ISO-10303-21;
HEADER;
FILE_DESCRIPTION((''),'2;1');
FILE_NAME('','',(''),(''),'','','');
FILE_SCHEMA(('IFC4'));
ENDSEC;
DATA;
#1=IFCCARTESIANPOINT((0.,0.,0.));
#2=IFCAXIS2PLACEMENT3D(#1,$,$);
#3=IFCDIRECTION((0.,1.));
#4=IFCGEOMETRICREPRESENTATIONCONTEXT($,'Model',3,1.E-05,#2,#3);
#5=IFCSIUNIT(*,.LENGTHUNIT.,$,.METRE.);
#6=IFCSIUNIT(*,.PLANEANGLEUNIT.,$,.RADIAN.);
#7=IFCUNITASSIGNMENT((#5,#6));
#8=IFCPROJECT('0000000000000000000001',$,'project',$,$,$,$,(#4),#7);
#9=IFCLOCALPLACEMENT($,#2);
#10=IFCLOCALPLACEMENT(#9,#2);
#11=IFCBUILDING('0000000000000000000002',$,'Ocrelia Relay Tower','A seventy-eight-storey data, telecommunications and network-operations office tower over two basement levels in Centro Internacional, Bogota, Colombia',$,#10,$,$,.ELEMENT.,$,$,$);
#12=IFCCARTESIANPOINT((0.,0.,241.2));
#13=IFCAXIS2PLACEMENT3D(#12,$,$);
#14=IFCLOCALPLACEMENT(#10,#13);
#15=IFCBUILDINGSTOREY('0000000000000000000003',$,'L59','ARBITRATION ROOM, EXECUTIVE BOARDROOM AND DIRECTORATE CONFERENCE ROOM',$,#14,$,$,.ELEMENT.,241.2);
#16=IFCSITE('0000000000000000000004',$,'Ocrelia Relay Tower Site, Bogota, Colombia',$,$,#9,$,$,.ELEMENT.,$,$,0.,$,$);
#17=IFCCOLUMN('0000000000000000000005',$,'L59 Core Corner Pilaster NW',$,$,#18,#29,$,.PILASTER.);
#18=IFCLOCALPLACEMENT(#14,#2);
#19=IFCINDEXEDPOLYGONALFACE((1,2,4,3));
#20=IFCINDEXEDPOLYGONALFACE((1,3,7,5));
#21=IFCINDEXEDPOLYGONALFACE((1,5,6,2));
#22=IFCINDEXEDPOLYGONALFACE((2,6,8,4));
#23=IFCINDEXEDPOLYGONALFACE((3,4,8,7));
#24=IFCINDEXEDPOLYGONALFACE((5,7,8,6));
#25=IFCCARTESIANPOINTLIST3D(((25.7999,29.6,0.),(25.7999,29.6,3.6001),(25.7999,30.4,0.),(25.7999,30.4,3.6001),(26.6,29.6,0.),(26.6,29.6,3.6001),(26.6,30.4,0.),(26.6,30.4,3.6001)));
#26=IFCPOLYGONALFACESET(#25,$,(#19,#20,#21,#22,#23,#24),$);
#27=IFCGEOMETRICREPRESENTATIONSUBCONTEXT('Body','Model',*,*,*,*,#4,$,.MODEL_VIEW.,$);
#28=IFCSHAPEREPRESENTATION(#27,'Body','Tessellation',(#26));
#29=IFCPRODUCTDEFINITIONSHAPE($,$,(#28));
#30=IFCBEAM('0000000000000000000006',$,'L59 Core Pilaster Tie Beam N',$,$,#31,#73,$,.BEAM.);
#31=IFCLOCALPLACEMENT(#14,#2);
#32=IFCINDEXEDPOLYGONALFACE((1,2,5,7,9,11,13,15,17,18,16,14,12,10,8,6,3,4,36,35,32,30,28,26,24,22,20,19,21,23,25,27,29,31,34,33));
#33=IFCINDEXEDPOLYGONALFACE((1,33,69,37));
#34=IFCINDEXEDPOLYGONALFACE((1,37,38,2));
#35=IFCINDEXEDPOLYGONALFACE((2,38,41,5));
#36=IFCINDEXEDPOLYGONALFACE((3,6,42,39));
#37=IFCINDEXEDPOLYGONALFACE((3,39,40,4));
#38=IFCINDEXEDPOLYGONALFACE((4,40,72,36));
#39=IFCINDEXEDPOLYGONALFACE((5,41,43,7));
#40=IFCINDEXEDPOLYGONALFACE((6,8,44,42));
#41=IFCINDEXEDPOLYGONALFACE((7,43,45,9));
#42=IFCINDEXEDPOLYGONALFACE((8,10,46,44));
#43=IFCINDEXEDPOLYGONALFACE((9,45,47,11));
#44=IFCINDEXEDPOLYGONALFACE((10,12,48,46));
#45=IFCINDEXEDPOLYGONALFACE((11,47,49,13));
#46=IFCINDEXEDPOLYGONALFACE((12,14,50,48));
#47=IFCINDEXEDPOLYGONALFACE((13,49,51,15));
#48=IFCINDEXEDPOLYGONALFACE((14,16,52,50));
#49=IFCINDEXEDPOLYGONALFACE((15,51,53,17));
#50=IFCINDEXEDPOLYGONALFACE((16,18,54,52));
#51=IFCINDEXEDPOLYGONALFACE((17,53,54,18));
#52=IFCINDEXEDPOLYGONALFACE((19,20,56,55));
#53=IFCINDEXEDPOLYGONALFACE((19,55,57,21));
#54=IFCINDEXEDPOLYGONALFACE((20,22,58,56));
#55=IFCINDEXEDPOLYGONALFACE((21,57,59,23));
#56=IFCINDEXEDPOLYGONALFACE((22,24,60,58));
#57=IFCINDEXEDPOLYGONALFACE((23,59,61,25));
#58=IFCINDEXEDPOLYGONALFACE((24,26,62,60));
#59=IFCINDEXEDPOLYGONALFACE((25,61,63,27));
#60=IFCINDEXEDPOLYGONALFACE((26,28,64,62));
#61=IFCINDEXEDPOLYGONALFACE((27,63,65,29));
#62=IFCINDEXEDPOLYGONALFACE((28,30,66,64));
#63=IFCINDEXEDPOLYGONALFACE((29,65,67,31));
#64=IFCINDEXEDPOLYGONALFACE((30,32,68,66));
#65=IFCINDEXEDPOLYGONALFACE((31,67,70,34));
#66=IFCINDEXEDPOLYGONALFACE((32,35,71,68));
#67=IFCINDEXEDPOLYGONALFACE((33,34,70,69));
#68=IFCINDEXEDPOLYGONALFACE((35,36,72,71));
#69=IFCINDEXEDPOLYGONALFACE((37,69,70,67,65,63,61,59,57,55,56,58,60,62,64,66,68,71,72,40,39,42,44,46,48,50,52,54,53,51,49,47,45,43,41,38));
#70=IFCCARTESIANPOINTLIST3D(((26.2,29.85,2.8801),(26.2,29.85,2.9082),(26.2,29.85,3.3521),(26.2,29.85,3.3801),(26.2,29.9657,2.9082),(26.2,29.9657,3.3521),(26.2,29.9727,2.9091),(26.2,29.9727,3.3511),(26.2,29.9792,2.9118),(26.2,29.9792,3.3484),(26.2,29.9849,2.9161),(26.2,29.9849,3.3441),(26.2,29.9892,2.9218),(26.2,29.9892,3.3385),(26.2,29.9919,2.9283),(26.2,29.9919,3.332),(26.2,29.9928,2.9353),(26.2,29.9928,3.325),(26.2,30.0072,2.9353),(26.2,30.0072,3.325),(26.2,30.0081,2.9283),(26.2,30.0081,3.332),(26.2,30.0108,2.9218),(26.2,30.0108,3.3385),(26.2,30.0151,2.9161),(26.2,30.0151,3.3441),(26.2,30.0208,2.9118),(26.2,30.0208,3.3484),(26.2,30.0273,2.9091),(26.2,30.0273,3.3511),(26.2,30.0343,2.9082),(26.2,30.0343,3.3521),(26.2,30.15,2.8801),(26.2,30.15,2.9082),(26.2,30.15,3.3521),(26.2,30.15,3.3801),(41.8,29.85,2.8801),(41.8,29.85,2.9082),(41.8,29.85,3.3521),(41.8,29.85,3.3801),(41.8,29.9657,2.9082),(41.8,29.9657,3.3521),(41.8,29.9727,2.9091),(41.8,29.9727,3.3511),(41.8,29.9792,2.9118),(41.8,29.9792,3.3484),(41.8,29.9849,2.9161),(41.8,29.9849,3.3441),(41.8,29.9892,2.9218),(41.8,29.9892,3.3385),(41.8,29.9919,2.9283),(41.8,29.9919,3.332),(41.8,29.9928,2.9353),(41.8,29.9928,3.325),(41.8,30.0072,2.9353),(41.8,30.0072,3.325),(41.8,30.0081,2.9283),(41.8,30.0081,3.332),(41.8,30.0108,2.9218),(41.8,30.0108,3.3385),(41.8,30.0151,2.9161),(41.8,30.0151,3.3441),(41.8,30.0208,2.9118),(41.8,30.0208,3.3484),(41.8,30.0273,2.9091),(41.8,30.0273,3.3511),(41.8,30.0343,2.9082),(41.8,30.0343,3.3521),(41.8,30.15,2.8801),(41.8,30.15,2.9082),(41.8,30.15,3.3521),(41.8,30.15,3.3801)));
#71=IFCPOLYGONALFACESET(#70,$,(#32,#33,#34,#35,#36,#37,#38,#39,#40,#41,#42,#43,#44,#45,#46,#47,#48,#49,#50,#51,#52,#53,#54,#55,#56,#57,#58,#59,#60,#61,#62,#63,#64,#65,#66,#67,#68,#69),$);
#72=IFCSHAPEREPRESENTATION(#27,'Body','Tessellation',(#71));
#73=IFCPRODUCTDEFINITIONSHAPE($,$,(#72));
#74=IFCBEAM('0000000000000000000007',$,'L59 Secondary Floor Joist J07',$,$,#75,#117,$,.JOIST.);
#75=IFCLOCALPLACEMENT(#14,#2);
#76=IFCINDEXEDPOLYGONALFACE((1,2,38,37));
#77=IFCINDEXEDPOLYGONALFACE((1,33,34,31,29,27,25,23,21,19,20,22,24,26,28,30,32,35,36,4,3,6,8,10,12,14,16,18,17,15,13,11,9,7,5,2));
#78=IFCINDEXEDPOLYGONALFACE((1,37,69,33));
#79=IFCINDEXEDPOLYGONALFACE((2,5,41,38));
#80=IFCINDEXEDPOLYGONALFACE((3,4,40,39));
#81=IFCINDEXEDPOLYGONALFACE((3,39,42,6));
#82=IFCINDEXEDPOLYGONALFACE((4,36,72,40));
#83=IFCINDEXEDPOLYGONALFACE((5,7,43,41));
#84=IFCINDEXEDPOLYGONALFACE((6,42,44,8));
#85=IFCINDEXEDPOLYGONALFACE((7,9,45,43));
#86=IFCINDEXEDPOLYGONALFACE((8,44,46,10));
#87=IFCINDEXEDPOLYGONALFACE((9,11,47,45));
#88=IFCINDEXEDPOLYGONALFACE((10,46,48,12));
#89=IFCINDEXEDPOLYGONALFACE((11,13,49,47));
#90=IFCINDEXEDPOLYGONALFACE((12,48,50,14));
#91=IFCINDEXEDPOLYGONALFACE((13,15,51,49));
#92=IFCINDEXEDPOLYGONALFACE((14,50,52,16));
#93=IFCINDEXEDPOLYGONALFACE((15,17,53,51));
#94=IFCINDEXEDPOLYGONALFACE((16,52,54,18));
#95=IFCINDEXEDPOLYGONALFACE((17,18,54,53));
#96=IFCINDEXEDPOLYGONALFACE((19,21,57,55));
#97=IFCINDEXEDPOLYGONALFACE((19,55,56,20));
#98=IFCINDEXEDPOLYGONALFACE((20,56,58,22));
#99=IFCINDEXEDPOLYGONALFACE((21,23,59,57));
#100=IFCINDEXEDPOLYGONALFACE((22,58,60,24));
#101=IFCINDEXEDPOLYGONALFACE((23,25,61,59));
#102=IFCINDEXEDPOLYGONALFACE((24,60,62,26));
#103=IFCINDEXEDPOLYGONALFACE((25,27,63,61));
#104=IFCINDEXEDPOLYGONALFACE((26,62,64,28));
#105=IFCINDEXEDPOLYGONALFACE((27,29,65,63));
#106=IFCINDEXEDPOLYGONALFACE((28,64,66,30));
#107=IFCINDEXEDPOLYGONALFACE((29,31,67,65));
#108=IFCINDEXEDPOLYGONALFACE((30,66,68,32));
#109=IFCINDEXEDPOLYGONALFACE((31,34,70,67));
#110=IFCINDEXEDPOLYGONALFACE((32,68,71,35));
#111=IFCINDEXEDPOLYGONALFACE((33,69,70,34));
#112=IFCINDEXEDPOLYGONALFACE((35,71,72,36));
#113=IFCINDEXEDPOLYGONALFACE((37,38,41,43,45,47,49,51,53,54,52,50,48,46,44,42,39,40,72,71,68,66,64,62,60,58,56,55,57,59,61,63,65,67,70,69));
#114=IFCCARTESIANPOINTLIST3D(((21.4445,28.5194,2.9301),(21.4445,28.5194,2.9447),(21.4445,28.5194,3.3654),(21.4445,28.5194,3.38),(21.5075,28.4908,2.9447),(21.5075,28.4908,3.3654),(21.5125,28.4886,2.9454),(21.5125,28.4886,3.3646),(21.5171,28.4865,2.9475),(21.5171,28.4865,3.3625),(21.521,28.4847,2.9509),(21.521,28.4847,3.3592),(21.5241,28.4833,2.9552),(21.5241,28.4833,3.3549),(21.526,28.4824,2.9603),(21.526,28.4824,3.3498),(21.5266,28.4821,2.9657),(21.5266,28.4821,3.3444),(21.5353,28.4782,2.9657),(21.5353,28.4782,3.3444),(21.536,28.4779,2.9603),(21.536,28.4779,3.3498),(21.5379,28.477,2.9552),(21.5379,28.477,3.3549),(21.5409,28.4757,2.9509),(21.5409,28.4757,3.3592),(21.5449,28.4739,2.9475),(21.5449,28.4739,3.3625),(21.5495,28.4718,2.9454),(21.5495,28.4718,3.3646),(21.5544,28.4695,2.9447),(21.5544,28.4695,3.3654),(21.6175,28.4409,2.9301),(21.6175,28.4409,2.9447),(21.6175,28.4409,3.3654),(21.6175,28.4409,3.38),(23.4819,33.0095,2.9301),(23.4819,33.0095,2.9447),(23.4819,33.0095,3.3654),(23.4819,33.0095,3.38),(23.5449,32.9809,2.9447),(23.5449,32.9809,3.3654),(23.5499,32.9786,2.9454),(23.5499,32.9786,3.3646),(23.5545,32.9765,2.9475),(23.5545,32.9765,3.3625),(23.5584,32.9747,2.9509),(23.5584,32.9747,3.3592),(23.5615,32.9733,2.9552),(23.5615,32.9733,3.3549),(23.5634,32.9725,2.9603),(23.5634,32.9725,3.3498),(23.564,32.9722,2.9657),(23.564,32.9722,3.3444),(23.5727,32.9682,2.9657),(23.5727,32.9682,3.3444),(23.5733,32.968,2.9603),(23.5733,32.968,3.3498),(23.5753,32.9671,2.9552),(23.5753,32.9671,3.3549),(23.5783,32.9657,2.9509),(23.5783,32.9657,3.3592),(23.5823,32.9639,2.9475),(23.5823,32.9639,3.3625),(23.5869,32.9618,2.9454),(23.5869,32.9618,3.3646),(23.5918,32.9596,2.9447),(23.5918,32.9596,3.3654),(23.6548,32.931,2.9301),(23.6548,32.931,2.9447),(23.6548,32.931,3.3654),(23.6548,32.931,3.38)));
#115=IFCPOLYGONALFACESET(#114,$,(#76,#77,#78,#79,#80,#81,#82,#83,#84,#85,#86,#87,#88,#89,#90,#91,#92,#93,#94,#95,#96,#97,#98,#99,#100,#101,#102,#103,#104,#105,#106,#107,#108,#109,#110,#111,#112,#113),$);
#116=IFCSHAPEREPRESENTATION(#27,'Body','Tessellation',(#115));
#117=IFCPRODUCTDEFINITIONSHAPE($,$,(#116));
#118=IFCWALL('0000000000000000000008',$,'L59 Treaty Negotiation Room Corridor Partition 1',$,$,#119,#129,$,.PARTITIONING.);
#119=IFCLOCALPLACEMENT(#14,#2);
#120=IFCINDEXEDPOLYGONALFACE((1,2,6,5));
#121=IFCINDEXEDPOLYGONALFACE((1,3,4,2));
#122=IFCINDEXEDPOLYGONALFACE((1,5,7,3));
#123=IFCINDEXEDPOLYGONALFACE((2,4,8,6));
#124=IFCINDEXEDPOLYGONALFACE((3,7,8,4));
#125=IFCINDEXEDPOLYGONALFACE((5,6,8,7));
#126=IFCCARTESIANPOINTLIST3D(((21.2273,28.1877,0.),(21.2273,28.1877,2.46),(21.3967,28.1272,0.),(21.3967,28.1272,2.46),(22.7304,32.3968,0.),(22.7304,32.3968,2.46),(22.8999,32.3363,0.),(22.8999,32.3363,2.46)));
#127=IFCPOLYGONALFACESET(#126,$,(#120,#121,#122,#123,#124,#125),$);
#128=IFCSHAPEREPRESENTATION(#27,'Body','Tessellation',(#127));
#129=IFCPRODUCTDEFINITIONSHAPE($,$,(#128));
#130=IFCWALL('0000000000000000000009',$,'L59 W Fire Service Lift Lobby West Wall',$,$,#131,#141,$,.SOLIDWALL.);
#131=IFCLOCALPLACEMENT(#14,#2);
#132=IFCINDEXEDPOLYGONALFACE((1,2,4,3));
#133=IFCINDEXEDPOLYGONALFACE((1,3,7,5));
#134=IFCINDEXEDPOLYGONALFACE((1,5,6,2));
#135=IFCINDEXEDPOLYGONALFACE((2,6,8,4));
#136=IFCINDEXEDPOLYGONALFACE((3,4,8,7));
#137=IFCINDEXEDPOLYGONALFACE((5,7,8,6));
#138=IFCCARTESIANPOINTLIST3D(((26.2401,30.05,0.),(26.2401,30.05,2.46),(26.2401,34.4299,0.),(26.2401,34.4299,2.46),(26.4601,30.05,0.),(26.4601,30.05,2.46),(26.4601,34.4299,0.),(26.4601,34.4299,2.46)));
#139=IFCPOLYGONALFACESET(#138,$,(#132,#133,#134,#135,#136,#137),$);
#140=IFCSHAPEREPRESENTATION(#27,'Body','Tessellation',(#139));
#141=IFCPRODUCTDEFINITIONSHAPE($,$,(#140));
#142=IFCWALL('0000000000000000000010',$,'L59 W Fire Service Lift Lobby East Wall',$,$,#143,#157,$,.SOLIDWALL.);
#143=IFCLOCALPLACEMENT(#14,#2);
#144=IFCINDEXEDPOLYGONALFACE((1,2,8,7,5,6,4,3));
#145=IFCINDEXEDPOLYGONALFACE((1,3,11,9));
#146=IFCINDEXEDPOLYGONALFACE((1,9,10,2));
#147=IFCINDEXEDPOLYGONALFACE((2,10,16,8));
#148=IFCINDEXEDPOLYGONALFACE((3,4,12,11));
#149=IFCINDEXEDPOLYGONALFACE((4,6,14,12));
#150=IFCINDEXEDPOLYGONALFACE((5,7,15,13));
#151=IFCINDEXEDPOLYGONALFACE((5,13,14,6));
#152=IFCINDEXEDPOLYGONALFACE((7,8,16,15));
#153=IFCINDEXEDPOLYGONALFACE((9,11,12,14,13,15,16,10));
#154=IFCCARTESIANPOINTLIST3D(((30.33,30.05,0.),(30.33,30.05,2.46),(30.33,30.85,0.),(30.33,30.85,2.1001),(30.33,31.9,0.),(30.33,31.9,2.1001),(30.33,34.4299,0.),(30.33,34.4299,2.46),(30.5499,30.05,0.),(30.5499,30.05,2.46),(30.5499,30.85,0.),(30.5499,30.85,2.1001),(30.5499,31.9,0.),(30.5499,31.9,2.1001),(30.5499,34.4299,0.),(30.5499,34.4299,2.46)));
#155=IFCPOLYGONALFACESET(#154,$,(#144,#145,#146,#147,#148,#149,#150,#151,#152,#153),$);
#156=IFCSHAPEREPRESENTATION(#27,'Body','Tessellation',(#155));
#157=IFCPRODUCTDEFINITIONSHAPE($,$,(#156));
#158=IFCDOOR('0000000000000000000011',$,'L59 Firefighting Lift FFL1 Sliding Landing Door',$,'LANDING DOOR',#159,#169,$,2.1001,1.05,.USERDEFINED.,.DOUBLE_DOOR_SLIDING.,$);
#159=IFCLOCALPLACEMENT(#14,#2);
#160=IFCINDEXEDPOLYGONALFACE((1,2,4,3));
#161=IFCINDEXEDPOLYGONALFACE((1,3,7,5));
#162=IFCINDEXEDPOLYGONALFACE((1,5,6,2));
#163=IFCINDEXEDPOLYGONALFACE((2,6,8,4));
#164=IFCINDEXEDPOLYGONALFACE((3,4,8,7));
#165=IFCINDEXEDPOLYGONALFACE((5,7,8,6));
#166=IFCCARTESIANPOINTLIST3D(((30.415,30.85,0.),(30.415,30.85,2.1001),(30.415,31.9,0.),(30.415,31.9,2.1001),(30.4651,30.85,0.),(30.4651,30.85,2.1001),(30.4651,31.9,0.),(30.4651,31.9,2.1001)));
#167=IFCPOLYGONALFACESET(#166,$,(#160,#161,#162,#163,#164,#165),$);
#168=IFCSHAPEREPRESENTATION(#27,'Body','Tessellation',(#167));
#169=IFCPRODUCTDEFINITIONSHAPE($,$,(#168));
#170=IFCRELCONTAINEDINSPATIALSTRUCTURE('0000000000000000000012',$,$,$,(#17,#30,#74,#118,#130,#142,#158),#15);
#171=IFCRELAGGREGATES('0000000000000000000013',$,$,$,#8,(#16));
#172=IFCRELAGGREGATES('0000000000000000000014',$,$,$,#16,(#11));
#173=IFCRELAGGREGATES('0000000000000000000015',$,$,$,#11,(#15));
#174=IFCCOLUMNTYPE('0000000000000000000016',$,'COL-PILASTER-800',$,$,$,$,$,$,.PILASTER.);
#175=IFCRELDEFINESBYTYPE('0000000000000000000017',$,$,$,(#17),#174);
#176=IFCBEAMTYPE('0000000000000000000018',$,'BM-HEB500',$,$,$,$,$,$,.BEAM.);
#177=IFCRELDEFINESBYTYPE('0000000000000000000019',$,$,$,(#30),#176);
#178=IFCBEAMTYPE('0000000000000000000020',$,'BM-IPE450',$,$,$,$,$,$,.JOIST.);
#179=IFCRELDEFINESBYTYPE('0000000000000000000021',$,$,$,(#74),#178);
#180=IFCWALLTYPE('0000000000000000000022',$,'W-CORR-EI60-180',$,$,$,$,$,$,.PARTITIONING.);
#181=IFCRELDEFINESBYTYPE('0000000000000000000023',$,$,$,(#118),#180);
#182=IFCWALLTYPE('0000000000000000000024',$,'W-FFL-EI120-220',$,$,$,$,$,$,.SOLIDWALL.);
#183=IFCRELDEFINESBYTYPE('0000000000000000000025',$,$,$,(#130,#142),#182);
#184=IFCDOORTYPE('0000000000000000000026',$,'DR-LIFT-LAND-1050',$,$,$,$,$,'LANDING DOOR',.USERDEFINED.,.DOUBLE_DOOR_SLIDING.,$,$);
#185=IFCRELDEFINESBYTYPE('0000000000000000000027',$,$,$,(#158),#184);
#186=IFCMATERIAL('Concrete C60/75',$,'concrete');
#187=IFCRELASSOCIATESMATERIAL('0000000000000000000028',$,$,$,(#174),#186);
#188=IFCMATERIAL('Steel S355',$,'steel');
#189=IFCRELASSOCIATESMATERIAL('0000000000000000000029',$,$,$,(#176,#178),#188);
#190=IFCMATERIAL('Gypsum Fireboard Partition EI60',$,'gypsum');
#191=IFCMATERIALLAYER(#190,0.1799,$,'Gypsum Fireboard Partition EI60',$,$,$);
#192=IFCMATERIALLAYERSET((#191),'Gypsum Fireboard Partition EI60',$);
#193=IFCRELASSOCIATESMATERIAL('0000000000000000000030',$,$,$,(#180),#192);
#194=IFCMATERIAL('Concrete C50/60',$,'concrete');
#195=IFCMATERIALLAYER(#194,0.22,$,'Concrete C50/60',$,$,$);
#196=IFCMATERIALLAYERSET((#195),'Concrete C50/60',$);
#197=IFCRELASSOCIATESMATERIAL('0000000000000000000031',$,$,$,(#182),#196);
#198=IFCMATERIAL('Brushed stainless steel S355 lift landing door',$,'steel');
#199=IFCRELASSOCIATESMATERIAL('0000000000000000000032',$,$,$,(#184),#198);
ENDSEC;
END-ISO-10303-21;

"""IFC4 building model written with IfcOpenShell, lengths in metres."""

from ifc_helpers import new_model, si_unit, direction, frame, frame_2d, origin, origin_2d, place, context, subcontext, project, spatial, rectangle, i_section, extrude, material, layer, layer_set, material_profile, profile_set, type_object, element, fill, save


model = new_model("IFC4")

# Units and contexts
model_context = context("Model", 3, precision=1e-05, world=origin(), true_north=direction((0.0, 1.0)))
body_context = subcontext(model_context, "Body", "Model", "MODEL_VIEW")
ifc_project = project(units=[si_unit("LENGTHUNIT", "METRE"), si_unit("PLANEANGLEUNIT", "RADIAN")], contexts=[model_context])

# Site, building, storey
site_placement = place(None, origin())
site = spatial("IfcSite", under=ifc_project, at=site_placement, Name="Ocrelia Relay Tower Site, Bogota, Colombia", CompositionType="ELEMENT", RefElevation=0.0)
building_placement = place(site_placement, origin())
building = spatial("IfcBuilding", under=site, at=building_placement, Name="Ocrelia Relay Tower", Description="A seventy-eight-storey data, telecommunications and network-operations office tower over two basement levels in Centro Internacional, Bogota, Colombia", CompositionType="ELEMENT")
storey_placement = place(building_placement, frame((0.0, 0.0, 241.2)))
storey = spatial("IfcBuildingStorey", under=building, at=storey_placement, Name="L59", Description="ARBITRATION ROOM, EXECUTIVE BOARDROOM AND DIRECTORATE CONFERENCE ROOM", CompositionType="ELEMENT", Elevation=241.2)

# Column
ifc_material_1 = material(Name="Concrete C60/75", Category="concrete")
ifc_material_profile_1 = material_profile(ifc_material_1, rectangle(XDim=0.8, YDim=0.8, at=origin_2d()), Name="RC-COL-800x800")
ifc_profile_set_1 = profile_set([ifc_material_profile_1], Name="Concrete C60/75")
column_type = type_object("IfcColumnType", Name="COL-PILASTER-800", PredefinedType="PILASTER", material=ifc_profile_set_1)
column_placement = place(storey_placement, frame((26.2, 30.0, 0.0), z_axis=(0.0, 0.0, 1.0), x_axis=(1.0, 0.0, 0.0)))
element("IfcColumn", 1, at=column_placement, inside=storey, type_object=column_type, Name="L59 Core Corner Pilaster NW", PredefinedType="PILASTER", context=body_context, shape_type="SweptSolid", body=[
    extrude(rectangle(XDim=0.8, YDim=0.8, at=origin_2d()), origin(), (0.0, 0.0, 1.0), 3.6001),
])

# Beams
ifc_material_2 = material(Name="Steel S355", Category="steel")
ifc_material_profile_2 = material_profile(ifc_material_2, i_section(OverallWidth=0.3, OverallDepth=0.5, WebThickness=0.0144, FlangeThickness=0.0281, FilletRadius=0.0271, at=origin_2d()), Name="HEB 500")
ifc_profile_set_2 = profile_set([ifc_material_profile_2], Name="Steel S355")
beam_type_1 = type_object("IfcBeamType", Name="BM-HEB500", PredefinedType="BEAM", material=ifc_profile_set_2)
beam_1_placement = place(storey_placement, frame((26.2, 30.0, 3.1301), z_axis=(1.0, 0.0, 0.0), x_axis=(0.0, 1.0, 0.0)))
element("IfcBeam", 2, at=beam_1_placement, inside=storey, type_object=beam_type_1, Name="L59 Core Pilaster Tie Beam N", PredefinedType="BEAM", context=body_context, shape_type="SweptSolid", body=[
    extrude(i_section(OverallWidth=0.3, OverallDepth=0.5, WebThickness=0.0144, FlangeThickness=0.0281, FilletRadius=0.0271, at=origin_2d()), origin(), (0.0, 0.0, 1.0), 15.6001),
])
ifc_material_profile_3 = material_profile(ifc_material_2, i_section(OverallWidth=0.1899, OverallDepth=0.45, WebThickness=0.0095, FlangeThickness=0.0146, FilletRadius=0.021, at=origin_2d()), Name="IPE 450")
ifc_profile_set_3 = profile_set([ifc_material_profile_3], Name="Steel S355")
beam_type_2 = type_object("IfcBeamType", Name="BM-IPE450", PredefinedType="JOIST", material=ifc_profile_set_3)
beam_2_placement = place(storey_placement, frame((23.5684, 32.9702, 3.155), z_axis=(-0.413206, -0.910638, 0.0), x_axis=(0.910638, -0.413206, 0.0)))
element("IfcBeam", 3, at=beam_2_placement, inside=storey, type_object=beam_type_2, Name="L59 Secondary Floor Joist J07", PredefinedType="JOIST", context=body_context, shape_type="SweptSolid", body=[
    extrude(i_section(OverallWidth=0.1899, OverallDepth=0.45, WebThickness=0.0095, FlangeThickness=0.0146, FilletRadius=0.021, at=origin_2d()), origin(), (0.0, 0.0, 1.0), 4.9307),
])

# Shared definitions
ifc_material_3 = material(Name="Concrete C50/60", Category="concrete")

# Walls
ifc_material_4 = material(Name="Gypsum Fireboard Partition EI60", Category="gypsum")
ifc_layer_1 = layer(ifc_material_4, 0.1799, Name="Gypsum Fireboard Partition EI60")
ifc_layer_set_1 = layer_set([ifc_layer_1], Name="Gypsum Fireboard Partition EI60")
wall_type_1 = type_object("IfcWallType", Name="W-CORR-EI60-180", PredefinedType="PARTITIONING", material=ifc_layer_set_1)
wall_1_placement = place(storey_placement, frame((22.8152, 32.3667, 0.0), z_axis=(0.0, 0.0, 1.0), x_axis=(-0.336312, -0.941751, 0.0)))
element("IfcWall", 4, at=wall_1_placement, inside=storey, type_object=wall_type_1, Name="L59 Treaty Negotiation Room Corridor Partition 1", PredefinedType="PARTITIONING", context=body_context, shape_type="SweptSolid", body=[
    extrude(rectangle(XDim=4.4695, YDim=0.1799, at=frame_2d((2.2349, 0.0))), origin(), (0.0, 0.0, 1.0), 2.46),
])
ifc_layer_2 = layer(ifc_material_3, 0.22, Name="Concrete C50/60")
ifc_layer_set_2 = layer_set([ifc_layer_2], Name="Concrete C50/60")
wall_type_2 = type_object("IfcWallType", Name="W-FFL-EI120-220", PredefinedType="SOLIDWALL", material=ifc_layer_set_2)
wall_2_placement = place(storey_placement, frame((26.3501, 30.05, 0.0), z_axis=(0.0, 0.0, 1.0), x_axis=(0.0, 1.0, 0.0)))
element("IfcWall", 5, at=wall_2_placement, inside=storey, type_object=wall_type_2, Name="L59 W Fire Service Lift Lobby West Wall", PredefinedType="SOLIDWALL", context=body_context, shape_type="SweptSolid", body=[
    extrude(rectangle(XDim=4.3799, YDim=0.22, at=frame_2d((2.1899, 0.0))), origin(), (0.0, 0.0, 1.0), 2.46),
])

# Wall, opening, door
wall_3_placement = place(storey_placement, frame((30.4399, 30.05, 0.0), z_axis=(0.0, 0.0, 1.0), x_axis=(0.0, 1.0, 0.0)))
wall_3 = element("IfcWall", 6, at=wall_3_placement, inside=storey, type_object=wall_type_2, Name="L59 W Fire Service Lift Lobby East Wall", PredefinedType="SOLIDWALL", context=body_context, shape_type="SweptSolid", body=[
    extrude(rectangle(XDim=4.3799, YDim=0.22, at=frame_2d((2.1899, 0.0))), origin(), (0.0, 0.0, 1.0), 2.46),
])
opening_1_placement = place(wall_3_placement, frame((0.8, 0.0, 0.0)))
opening_1 = element("IfcOpeningElement", 7, at=opening_1_placement, cuts=wall_3, PredefinedType="OPENING", context=body_context, shape_type="SweptSolid", body=[
    extrude(rectangle(XDim=1.05, YDim=2.1001, at=frame_2d((0.5249, 1.05))), frame((0.0, 0.1201, 0.0), z_axis=(0.0, -1.0, 0.0), x_axis=(1.0, 0.0, 0.0)), (0.0, 0.0, 1.0), 0.24),
])
ifc_material_5 = material(Name="Brushed stainless steel S355 lift landing door", Category="steel")
door_type_1 = type_object("IfcDoorType", Name="DR-LIFT-LAND-1050", ElementType="LANDING DOOR", OperationType="DOUBLE_DOOR_SLIDING", PredefinedType="USERDEFINED", material=ifc_material_5)
door_1_placement = place(opening_1_placement, origin())
door_1 = element("IfcDoor", 8, at=door_1_placement, inside=storey, type_object=door_type_1, Name="L59 Firefighting Lift FFL1 Sliding Landing Door", ObjectType="LANDING DOOR", OperationType="DOUBLE_DOOR_SLIDING", OverallHeight=2.1001, OverallWidth=1.05, PredefinedType="USERDEFINED", context=body_context, shape_type="SweptSolid", body=[
    extrude(rectangle(XDim=1.05, YDim=2.1001, at=frame_2d((0.5249, 1.05))), frame((0.0, 0.0249, 0.0), z_axis=(0.0, -1.0, 0.0), x_axis=(1.0, 0.0, 0.0)), (0.0, 0.0, 1.0), 0.05),
])
fill(opening_1, door_1)

save(model, "model.ifc")
